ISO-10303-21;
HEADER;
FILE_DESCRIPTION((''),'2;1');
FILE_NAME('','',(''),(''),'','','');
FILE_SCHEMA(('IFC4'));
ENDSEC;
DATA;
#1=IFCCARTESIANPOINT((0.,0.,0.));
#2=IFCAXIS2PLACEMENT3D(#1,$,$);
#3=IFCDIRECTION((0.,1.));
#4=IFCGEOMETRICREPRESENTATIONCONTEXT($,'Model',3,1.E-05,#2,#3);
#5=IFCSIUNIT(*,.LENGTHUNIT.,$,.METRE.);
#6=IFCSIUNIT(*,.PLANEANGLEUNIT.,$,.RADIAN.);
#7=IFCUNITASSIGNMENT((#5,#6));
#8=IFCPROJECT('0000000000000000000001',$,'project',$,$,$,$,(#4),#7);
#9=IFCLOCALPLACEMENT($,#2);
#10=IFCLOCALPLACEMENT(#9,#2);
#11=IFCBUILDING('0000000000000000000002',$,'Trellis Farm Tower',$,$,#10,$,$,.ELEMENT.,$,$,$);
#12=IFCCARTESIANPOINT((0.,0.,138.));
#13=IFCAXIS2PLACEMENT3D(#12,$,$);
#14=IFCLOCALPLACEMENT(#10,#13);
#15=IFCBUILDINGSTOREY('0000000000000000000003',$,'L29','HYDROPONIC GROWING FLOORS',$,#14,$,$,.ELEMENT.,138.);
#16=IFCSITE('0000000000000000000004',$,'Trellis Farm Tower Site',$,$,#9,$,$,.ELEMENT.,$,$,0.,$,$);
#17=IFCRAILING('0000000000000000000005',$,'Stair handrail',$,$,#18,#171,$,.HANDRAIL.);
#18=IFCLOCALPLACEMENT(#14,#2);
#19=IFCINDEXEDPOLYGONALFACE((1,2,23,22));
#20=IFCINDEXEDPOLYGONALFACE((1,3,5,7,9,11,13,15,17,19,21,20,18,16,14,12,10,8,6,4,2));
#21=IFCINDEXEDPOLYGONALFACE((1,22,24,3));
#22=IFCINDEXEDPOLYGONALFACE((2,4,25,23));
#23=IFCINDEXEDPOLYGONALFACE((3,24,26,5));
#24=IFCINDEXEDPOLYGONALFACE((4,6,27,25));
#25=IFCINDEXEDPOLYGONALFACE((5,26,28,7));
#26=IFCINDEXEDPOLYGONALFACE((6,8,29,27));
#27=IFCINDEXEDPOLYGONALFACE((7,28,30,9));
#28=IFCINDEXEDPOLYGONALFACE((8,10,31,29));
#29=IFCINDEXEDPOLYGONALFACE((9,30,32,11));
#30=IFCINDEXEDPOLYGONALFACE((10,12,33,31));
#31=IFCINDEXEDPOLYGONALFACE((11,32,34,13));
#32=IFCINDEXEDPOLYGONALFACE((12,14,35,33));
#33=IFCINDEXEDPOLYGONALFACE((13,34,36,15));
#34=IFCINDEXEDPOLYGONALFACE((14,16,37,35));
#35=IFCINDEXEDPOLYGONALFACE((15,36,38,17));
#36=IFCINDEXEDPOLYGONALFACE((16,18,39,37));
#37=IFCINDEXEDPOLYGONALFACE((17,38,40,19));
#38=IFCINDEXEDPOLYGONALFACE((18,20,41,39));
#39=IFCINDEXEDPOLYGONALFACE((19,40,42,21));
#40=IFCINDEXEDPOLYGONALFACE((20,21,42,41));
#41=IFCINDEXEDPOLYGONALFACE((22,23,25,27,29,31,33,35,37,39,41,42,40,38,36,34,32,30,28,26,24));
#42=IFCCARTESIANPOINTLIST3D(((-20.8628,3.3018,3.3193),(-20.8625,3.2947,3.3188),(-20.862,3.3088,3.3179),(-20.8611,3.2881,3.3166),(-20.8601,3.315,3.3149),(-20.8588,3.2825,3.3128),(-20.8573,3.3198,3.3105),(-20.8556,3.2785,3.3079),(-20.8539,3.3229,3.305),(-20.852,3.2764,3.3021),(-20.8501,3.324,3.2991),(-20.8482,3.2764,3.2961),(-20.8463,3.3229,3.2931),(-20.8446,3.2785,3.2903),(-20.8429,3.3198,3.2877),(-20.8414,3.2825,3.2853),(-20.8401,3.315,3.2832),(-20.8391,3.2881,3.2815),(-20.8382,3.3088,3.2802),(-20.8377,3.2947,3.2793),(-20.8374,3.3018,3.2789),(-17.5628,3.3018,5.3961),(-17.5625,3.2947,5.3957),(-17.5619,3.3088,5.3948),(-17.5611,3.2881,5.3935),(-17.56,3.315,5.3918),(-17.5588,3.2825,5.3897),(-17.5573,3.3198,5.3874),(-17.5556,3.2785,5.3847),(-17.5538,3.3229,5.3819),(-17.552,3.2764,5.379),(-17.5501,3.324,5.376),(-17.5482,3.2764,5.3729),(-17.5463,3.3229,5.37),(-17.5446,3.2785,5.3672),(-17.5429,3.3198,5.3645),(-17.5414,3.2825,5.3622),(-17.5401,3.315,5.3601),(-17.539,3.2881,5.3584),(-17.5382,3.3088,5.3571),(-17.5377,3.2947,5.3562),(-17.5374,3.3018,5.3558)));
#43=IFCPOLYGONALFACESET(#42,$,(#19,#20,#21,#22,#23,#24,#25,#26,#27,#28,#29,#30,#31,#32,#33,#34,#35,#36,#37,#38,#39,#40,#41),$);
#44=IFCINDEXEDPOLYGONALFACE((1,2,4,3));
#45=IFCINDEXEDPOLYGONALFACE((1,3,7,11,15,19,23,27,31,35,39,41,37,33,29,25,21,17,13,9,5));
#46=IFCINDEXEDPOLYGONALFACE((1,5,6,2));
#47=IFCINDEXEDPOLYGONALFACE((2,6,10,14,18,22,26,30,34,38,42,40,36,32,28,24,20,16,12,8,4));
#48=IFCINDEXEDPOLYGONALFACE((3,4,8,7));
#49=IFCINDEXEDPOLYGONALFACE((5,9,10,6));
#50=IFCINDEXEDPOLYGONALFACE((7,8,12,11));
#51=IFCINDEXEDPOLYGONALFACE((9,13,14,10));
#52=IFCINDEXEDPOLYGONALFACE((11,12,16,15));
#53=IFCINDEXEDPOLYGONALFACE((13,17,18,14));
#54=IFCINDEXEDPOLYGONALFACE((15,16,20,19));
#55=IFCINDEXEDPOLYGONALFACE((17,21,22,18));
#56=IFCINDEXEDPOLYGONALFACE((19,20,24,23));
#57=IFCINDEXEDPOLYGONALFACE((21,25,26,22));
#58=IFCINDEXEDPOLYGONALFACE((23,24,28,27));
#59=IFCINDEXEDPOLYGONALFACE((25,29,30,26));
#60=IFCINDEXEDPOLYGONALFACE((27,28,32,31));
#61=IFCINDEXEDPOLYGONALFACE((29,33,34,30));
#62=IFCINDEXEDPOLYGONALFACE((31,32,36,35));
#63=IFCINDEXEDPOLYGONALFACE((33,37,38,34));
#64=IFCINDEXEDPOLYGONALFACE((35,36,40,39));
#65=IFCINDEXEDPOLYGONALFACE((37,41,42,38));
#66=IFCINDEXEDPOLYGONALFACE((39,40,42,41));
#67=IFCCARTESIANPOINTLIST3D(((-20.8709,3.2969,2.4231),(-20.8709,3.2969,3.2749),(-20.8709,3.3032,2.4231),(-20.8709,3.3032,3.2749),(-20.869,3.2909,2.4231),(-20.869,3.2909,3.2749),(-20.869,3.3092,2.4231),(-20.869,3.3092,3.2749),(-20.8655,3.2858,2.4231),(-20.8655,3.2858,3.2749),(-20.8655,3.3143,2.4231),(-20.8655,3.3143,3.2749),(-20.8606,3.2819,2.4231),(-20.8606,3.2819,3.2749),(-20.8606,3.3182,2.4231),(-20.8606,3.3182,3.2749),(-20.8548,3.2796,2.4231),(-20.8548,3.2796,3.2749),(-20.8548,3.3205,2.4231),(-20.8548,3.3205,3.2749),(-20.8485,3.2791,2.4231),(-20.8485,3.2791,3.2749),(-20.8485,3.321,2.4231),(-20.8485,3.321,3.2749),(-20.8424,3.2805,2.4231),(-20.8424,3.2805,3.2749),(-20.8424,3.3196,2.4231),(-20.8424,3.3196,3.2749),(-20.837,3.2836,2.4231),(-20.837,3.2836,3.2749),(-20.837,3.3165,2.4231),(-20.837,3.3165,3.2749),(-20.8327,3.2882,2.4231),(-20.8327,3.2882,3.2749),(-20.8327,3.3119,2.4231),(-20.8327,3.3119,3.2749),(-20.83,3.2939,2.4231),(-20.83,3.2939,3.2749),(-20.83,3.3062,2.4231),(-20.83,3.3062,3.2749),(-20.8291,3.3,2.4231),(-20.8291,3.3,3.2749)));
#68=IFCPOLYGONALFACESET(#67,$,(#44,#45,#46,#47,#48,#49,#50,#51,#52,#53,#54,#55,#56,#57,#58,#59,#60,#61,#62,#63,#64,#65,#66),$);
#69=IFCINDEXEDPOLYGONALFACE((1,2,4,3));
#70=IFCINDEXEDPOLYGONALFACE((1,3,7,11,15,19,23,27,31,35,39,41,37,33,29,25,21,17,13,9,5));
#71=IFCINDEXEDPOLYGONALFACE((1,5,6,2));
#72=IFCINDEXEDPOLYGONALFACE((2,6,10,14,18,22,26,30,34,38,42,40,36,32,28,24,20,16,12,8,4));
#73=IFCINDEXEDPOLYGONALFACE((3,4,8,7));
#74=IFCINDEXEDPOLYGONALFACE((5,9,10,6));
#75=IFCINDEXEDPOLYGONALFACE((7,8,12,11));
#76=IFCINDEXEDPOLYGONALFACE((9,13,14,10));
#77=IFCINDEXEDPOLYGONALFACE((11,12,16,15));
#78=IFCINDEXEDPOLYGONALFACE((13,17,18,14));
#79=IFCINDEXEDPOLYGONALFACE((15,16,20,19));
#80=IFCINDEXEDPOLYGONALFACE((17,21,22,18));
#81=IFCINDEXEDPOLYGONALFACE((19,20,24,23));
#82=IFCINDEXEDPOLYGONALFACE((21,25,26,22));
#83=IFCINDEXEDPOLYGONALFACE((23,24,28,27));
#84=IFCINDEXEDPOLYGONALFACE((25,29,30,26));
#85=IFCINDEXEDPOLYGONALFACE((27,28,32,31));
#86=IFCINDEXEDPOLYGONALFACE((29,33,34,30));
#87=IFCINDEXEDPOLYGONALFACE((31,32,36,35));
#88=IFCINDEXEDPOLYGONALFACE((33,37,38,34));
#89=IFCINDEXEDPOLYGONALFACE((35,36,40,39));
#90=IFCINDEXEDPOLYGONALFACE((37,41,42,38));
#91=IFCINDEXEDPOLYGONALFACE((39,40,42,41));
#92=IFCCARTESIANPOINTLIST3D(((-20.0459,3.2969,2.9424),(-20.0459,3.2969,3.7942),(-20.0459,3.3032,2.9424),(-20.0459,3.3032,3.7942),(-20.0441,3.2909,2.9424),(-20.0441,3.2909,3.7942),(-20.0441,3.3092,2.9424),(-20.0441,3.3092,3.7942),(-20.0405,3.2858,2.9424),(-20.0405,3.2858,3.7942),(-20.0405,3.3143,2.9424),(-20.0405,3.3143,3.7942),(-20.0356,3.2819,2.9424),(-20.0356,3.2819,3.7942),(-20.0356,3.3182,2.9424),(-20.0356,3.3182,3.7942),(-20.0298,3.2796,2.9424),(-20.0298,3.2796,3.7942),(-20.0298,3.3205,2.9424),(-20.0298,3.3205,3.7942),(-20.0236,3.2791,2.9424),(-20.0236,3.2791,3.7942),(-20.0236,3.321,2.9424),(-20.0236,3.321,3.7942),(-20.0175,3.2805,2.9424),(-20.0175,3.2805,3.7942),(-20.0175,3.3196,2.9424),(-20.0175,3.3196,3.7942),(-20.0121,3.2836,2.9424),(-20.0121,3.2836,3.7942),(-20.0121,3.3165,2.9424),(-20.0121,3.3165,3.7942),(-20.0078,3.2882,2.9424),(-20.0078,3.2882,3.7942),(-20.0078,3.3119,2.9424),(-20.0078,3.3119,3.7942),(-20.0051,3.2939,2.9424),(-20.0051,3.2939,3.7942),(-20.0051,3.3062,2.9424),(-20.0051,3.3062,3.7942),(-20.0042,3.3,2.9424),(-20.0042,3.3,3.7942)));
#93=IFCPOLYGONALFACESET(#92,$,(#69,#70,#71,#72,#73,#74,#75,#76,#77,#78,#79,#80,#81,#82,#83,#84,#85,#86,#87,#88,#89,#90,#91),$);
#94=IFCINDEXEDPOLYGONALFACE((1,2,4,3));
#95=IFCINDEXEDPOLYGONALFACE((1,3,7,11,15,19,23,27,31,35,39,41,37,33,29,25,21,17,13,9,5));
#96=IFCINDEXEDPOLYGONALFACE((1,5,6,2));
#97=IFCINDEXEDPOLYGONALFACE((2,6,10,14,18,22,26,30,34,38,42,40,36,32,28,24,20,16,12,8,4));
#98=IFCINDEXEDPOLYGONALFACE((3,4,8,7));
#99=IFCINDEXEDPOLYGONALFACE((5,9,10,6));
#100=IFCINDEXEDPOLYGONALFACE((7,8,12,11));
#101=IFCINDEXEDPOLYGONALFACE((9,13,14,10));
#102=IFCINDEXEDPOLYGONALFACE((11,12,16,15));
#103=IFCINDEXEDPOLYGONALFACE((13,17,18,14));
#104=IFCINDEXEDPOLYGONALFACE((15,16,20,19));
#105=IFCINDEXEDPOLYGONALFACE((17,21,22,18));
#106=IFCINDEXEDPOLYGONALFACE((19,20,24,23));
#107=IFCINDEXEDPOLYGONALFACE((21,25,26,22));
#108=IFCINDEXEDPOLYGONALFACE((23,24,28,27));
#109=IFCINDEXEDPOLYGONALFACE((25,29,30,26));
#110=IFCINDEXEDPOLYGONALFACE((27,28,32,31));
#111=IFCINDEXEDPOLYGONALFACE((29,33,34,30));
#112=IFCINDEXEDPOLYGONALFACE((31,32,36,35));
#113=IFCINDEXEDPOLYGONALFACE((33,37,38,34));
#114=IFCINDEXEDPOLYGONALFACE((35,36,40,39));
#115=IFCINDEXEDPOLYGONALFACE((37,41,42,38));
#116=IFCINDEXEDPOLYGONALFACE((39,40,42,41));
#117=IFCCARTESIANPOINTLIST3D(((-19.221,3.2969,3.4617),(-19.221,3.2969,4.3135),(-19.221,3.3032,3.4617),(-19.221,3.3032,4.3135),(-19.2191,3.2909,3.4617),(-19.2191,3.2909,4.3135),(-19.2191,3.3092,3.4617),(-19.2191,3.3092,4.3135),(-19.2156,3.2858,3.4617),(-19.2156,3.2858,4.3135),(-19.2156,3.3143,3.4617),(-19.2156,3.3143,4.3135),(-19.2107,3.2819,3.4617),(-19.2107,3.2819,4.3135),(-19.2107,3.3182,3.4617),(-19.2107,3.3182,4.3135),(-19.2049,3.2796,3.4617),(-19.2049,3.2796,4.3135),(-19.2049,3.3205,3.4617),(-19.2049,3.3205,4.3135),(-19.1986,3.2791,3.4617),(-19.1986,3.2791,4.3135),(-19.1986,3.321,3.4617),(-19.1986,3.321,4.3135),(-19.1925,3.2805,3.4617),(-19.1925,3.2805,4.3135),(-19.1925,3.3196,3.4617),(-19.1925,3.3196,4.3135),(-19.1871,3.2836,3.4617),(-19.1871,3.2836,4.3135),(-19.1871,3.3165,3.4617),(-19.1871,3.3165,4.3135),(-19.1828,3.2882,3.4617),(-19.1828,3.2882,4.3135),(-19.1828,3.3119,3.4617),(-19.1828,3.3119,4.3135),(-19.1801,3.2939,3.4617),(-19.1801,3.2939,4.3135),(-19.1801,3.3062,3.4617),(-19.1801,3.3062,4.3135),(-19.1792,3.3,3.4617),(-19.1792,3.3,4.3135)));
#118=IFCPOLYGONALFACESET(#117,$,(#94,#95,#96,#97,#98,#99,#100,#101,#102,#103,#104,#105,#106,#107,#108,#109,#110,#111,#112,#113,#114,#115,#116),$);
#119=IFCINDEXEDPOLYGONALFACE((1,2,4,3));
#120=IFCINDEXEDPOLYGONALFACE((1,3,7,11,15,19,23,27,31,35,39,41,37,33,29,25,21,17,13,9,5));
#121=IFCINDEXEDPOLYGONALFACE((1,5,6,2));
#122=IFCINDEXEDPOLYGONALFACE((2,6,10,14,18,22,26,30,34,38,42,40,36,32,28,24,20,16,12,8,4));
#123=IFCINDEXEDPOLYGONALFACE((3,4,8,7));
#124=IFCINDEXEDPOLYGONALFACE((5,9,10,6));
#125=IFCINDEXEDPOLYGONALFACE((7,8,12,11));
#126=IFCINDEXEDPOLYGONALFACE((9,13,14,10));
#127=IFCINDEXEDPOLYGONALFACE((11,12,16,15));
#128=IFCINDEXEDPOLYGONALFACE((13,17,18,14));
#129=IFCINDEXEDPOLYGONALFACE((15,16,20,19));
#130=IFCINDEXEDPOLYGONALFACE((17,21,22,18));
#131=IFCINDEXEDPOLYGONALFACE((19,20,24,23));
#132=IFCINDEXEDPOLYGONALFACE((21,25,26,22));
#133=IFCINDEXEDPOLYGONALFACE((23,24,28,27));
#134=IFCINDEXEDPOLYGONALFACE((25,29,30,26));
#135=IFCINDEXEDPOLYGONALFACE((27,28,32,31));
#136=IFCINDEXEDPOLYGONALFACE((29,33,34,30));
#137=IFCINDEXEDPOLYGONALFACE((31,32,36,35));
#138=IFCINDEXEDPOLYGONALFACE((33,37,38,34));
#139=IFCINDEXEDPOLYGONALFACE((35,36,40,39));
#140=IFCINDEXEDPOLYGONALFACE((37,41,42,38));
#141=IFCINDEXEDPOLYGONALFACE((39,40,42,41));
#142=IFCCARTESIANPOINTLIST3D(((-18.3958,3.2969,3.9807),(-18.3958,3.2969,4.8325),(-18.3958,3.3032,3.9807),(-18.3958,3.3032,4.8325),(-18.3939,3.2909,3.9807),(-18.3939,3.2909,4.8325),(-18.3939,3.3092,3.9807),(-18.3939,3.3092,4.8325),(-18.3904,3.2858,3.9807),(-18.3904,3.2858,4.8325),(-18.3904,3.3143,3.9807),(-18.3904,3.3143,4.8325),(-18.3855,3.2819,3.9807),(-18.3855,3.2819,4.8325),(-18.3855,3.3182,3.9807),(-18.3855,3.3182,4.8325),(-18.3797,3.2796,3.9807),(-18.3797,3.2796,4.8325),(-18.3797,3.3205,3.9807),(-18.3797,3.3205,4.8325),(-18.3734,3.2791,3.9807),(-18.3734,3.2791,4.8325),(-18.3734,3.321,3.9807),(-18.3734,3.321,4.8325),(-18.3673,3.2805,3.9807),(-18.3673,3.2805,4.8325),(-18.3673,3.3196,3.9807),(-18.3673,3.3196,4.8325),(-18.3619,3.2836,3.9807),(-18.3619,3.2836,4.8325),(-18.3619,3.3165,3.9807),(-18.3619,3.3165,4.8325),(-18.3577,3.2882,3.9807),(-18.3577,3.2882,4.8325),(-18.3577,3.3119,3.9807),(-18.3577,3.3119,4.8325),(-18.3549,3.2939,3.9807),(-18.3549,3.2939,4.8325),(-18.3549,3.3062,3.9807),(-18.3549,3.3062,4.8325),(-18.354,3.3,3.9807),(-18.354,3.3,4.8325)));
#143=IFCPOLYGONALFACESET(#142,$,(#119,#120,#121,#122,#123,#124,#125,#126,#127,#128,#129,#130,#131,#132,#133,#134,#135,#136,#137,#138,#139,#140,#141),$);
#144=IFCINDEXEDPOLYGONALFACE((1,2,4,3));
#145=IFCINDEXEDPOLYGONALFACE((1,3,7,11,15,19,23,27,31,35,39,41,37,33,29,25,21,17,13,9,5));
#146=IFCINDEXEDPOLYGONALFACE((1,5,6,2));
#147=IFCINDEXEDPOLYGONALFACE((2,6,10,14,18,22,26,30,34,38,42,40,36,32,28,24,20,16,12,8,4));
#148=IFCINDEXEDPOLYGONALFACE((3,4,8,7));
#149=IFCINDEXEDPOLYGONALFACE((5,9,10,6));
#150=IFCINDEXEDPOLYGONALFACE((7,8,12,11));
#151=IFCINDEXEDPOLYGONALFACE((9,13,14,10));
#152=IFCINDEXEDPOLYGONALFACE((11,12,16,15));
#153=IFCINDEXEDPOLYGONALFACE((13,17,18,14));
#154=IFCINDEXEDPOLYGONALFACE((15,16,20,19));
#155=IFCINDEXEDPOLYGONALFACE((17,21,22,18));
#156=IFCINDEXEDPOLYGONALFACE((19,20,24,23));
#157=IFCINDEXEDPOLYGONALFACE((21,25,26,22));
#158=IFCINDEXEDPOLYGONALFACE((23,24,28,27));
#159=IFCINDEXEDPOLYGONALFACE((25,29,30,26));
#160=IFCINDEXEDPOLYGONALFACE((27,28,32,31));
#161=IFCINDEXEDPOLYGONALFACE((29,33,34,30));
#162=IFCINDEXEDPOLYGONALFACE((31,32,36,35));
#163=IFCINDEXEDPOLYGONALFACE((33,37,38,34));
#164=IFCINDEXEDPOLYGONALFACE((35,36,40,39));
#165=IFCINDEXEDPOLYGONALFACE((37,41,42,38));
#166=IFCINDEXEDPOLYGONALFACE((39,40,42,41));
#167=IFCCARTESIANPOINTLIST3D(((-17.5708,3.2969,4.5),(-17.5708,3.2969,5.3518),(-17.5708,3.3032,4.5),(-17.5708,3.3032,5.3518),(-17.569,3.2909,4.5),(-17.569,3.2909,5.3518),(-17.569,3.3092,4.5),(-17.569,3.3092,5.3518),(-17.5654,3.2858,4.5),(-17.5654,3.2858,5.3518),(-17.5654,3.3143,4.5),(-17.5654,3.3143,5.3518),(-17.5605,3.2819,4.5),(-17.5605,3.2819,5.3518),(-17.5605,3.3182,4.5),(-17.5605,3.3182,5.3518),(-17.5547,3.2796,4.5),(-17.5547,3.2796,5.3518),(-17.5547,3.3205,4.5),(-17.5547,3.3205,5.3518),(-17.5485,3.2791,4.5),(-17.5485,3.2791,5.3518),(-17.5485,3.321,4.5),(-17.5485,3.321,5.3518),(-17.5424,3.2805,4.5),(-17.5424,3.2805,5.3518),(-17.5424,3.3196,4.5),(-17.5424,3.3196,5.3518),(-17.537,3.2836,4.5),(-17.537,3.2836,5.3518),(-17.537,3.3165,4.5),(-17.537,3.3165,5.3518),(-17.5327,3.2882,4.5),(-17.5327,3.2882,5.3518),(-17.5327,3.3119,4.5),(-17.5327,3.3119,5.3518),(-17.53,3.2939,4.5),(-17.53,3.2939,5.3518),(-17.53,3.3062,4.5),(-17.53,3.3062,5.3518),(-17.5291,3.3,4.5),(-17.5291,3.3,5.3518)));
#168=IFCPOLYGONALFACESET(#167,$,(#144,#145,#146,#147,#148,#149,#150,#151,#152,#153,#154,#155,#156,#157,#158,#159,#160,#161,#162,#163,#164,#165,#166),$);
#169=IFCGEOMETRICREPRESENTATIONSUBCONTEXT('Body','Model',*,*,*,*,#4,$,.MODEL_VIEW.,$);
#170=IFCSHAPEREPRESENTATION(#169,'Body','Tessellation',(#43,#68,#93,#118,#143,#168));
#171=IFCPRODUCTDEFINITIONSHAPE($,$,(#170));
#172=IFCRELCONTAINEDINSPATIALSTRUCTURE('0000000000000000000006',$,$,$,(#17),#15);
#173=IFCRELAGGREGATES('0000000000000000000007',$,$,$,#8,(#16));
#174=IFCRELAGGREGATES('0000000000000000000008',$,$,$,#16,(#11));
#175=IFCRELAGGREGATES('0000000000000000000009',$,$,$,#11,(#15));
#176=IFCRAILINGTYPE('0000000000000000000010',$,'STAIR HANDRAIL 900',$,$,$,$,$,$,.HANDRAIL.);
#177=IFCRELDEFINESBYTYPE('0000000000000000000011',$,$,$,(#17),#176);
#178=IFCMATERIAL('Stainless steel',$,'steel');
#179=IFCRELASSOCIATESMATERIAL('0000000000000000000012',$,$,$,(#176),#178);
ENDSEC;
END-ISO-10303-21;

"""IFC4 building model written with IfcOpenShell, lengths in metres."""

from ifc_helpers import new_model, si_unit, direction, frame, origin, origin_2d, place, context, subcontext, project, spatial, circle, extrude, source, transform, mapped, material, type_object, element, save


model = new_model("IFC4")

# Units and contexts
model_context = context("Model", 3, precision=1e-05, world=origin(), true_north=direction((0.0, 1.0)))
body_context = subcontext(model_context, "Body", "Model", "MODEL_VIEW")
ifc_project = project(units=[si_unit("LENGTHUNIT", "METRE"), si_unit("PLANEANGLEUNIT", "RADIAN")], contexts=[model_context])

# Site, building, storey
site_placement = place(None, origin())
site = spatial("IfcSite", under=ifc_project, at=site_placement, Name="Trellis Farm Tower Site", CompositionType="ELEMENT", RefElevation=0.0)
building_placement = place(site_placement, origin())
building = spatial("IfcBuilding", under=site, at=building_placement, Name="Trellis Farm Tower", CompositionType="ELEMENT")
storey_placement = place(building_placement, frame((0.0, 0.0, 138.0)))
storey = spatial("IfcBuildingStorey", under=building, at=storey_placement, Name="L29", Description="HYDROPONIC GROWING FLOORS", CompositionType="ELEMENT", Elevation=138.0)

# Railing
ifc_material_1 = material(Name="Stainless steel", Category="steel")
railing_type = type_object("IfcRailingType", Name="STAIR HANDRAIL 900", PredefinedType="HANDRAIL", material=ifc_material_1)
shared_shape_1 = source(origin(), body_context, "Body", "SweptSolid", [
    extrude(circle(Radius=0.0239, at=origin_2d()), frame((0.0, 0.0, 0.876), z_axis=(0.846337, 0.0, 0.532647), x_axis=(0.0, 1.0, 0.0)), (0.0, 0.0, 1.0), 3.8992),
    extrude(circle(Radius=0.021, at=origin_2d()), origin(), (0.0, 0.0, 1.0), 0.8518),
    extrude(circle(Radius=0.021, at=origin_2d()), frame((0.825, 0.0, 0.5193)), (0.0, 0.0, 1.0), 0.8518),
    extrude(circle(Radius=0.021, at=origin_2d()), frame((1.6499, 0.0, 1.0386)), (0.0, 0.0, 1.0), 0.8518),
    extrude(circle(Radius=0.021, at=origin_2d()), frame((2.4751, 0.0, 1.5576)), (0.0, 0.0, 1.0), 0.8518),
    extrude(circle(Radius=0.021, at=origin_2d()), frame((3.3, 0.0, 2.0769)), (0.0, 0.0, 1.0), 0.8518),
])
for number, where, name in (
    (1, (-20.8501, 3.3, 2.4231), "Stair handrail"),
):
    element("IfcRailing", number, at=place(storey_placement, frame(where)), inside=storey, type_object=railing_type, Name=name, PredefinedType="HANDRAIL", context=body_context, shape_type="MappedRepresentation", body=[
        mapped(shared_shape_1, transform((0.0, 0.0, 0.0))),
    ])

save(model, "model.ifc")
